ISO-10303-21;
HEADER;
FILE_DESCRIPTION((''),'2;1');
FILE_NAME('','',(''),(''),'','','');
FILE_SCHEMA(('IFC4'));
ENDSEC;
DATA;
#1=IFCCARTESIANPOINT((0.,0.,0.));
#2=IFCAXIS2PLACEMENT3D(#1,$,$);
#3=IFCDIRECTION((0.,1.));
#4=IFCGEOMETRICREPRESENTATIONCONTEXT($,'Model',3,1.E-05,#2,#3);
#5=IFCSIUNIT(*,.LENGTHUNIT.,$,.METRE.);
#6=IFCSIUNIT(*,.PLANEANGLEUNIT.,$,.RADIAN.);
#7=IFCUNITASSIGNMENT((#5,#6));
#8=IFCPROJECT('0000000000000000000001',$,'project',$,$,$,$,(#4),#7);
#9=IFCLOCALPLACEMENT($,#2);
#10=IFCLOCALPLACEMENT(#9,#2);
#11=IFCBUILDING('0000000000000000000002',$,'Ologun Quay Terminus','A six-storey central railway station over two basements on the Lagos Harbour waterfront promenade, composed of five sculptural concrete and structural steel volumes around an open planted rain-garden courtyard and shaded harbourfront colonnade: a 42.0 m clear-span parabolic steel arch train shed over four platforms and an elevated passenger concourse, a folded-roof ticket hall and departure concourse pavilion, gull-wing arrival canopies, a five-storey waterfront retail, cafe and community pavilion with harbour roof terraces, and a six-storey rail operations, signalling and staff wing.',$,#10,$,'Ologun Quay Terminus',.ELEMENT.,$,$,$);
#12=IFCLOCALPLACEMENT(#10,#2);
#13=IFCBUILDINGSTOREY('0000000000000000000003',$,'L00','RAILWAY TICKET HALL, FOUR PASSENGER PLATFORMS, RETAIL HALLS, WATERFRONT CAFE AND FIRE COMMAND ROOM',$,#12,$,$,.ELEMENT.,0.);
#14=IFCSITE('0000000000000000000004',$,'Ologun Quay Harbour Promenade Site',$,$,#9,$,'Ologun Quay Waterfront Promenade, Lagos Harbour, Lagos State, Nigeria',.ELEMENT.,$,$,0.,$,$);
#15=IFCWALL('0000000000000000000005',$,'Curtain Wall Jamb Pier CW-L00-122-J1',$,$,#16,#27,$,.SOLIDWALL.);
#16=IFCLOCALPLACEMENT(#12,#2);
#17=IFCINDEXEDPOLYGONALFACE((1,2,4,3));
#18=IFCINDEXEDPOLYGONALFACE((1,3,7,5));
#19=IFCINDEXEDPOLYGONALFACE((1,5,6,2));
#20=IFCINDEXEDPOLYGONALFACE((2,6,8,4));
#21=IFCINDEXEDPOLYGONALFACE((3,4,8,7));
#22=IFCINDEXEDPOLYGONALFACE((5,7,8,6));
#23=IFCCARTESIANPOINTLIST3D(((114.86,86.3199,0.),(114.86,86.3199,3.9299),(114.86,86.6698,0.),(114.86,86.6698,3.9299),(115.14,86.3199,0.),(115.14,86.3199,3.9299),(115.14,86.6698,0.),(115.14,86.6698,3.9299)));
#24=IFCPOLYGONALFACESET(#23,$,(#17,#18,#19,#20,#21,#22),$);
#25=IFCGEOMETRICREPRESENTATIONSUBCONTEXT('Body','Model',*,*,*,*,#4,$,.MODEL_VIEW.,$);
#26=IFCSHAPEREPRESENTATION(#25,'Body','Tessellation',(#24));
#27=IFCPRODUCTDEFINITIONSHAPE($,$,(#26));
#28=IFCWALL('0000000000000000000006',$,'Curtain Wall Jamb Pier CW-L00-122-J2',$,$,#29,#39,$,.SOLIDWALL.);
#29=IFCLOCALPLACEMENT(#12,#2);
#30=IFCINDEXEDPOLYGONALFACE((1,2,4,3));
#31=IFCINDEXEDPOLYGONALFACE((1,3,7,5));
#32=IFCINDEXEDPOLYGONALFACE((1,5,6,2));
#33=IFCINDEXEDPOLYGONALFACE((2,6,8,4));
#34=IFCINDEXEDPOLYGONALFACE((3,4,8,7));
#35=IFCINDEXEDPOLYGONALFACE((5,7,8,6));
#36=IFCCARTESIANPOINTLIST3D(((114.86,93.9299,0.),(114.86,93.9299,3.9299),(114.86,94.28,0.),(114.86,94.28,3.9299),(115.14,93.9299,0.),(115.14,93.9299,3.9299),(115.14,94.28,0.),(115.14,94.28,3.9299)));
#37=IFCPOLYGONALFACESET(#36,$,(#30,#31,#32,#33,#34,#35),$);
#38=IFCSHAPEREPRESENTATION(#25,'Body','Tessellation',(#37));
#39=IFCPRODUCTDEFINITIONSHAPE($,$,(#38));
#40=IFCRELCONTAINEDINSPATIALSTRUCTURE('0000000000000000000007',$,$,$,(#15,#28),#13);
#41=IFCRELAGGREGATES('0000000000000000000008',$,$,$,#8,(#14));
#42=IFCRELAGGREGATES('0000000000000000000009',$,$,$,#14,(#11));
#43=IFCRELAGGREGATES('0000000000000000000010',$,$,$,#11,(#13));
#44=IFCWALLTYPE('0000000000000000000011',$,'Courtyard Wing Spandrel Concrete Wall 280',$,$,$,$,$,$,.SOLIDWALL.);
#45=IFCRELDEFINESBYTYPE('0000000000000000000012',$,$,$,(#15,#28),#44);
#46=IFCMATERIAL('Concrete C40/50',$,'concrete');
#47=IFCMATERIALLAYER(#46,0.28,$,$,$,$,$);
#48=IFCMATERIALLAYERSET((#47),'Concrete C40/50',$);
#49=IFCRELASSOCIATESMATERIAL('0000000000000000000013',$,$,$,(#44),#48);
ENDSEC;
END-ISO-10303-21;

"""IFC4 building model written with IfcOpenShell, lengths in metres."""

from ifc_helpers import new_model, si_unit, direction, frame, frame_2d, origin, place, context, subcontext, project, spatial, rectangle, extrude, material, layer, layer_set, type_object, element, save


model = new_model("IFC4")

# Units and contexts
model_context = context("Model", 3, precision=1e-05, world=origin(), true_north=direction((0.0, 1.0)))
body_context = subcontext(model_context, "Body", "Model", "MODEL_VIEW")
ifc_project = project(units=[si_unit("LENGTHUNIT", "METRE"), si_unit("PLANEANGLEUNIT", "RADIAN")], contexts=[model_context])

# Site, building, storey
site_placement = place(None, origin())
site = spatial("IfcSite", under=ifc_project, at=site_placement, Name="Ologun Quay Harbour Promenade Site", LongName="Ologun Quay Waterfront Promenade, Lagos Harbour, Lagos State, Nigeria", CompositionType="ELEMENT", RefElevation=0.0)
building_placement = place(site_placement, origin())
building = spatial("IfcBuilding", under=site, at=building_placement, Name="Ologun Quay Terminus", Description="A six-storey central railway station over two basements on the Lagos Harbour waterfront promenade, composed of five sculptural concrete and structural steel volumes around an open planted rain-garden courtyard and shaded harbourfront colonnade: a 42.0 m clear-span parabolic steel arch train shed over four platforms and an elevated passenger concourse, a folded-roof ticket hall and departure concourse pavilion, gull-wing arrival canopies, a five-storey waterfront retail, cafe and community pavilion with harbour roof terraces, and a six-storey rail operations, signalling and staff wing.", LongName="Ologun Quay Terminus", CompositionType="ELEMENT")
storey_placement = place(building_placement, origin())
storey = spatial("IfcBuildingStorey", under=building, at=storey_placement, Name="L00", Description="RAILWAY TICKET HALL, FOUR PASSENGER PLATFORMS, RETAIL HALLS, WATERFRONT CAFE AND FIRE COMMAND ROOM", CompositionType="ELEMENT", Elevation=0.0)

# Walls
ifc_material_1 = material(Name="Concrete C40/50", Category="concrete")
ifc_layer_1 = layer(ifc_material_1, 0.28)
ifc_layer_set_1 = layer_set([ifc_layer_1], Name="Concrete C40/50")
wall_type = type_object("IfcWallType", Name="Courtyard Wing Spandrel Concrete Wall 280", PredefinedType="SOLIDWALL", material=ifc_layer_set_1)
wall_1_placement = place(storey_placement, frame((115.0, 86.3201, 0.0), z_axis=(0.0, 0.0, 1.0), x_axis=(0.0, 1.0, 0.0)))
element("IfcWall", 1, at=wall_1_placement, inside=storey, type_object=wall_type, Name="Curtain Wall Jamb Pier CW-L00-122-J1", PredefinedType="SOLIDWALL", context=body_context, shape_type="SweptSolid", body=[
    extrude(rectangle(XDim=0.3499, YDim=0.28, at=frame_2d((0.1748, 0.0))), origin(), (0.0, 0.0, 1.0), 3.9299),
])
wall_2_placement = place(storey_placement, frame((115.0, 93.9299, 0.0), z_axis=(0.0, 0.0, 1.0), x_axis=(0.0, 1.0, 0.0)))
element("IfcWall", 2, at=wall_2_placement, inside=storey, type_object=wall_type, Name="Curtain Wall Jamb Pier CW-L00-122-J2", PredefinedType="SOLIDWALL", context=body_context, shape_type="SweptSolid", body=[
    extrude(rectangle(XDim=0.3501, YDim=0.28, at=frame_2d((0.175, 0.0))), origin(), (0.0, 0.0, 1.0), 3.9299),
])

save(model, "model.ifc")
